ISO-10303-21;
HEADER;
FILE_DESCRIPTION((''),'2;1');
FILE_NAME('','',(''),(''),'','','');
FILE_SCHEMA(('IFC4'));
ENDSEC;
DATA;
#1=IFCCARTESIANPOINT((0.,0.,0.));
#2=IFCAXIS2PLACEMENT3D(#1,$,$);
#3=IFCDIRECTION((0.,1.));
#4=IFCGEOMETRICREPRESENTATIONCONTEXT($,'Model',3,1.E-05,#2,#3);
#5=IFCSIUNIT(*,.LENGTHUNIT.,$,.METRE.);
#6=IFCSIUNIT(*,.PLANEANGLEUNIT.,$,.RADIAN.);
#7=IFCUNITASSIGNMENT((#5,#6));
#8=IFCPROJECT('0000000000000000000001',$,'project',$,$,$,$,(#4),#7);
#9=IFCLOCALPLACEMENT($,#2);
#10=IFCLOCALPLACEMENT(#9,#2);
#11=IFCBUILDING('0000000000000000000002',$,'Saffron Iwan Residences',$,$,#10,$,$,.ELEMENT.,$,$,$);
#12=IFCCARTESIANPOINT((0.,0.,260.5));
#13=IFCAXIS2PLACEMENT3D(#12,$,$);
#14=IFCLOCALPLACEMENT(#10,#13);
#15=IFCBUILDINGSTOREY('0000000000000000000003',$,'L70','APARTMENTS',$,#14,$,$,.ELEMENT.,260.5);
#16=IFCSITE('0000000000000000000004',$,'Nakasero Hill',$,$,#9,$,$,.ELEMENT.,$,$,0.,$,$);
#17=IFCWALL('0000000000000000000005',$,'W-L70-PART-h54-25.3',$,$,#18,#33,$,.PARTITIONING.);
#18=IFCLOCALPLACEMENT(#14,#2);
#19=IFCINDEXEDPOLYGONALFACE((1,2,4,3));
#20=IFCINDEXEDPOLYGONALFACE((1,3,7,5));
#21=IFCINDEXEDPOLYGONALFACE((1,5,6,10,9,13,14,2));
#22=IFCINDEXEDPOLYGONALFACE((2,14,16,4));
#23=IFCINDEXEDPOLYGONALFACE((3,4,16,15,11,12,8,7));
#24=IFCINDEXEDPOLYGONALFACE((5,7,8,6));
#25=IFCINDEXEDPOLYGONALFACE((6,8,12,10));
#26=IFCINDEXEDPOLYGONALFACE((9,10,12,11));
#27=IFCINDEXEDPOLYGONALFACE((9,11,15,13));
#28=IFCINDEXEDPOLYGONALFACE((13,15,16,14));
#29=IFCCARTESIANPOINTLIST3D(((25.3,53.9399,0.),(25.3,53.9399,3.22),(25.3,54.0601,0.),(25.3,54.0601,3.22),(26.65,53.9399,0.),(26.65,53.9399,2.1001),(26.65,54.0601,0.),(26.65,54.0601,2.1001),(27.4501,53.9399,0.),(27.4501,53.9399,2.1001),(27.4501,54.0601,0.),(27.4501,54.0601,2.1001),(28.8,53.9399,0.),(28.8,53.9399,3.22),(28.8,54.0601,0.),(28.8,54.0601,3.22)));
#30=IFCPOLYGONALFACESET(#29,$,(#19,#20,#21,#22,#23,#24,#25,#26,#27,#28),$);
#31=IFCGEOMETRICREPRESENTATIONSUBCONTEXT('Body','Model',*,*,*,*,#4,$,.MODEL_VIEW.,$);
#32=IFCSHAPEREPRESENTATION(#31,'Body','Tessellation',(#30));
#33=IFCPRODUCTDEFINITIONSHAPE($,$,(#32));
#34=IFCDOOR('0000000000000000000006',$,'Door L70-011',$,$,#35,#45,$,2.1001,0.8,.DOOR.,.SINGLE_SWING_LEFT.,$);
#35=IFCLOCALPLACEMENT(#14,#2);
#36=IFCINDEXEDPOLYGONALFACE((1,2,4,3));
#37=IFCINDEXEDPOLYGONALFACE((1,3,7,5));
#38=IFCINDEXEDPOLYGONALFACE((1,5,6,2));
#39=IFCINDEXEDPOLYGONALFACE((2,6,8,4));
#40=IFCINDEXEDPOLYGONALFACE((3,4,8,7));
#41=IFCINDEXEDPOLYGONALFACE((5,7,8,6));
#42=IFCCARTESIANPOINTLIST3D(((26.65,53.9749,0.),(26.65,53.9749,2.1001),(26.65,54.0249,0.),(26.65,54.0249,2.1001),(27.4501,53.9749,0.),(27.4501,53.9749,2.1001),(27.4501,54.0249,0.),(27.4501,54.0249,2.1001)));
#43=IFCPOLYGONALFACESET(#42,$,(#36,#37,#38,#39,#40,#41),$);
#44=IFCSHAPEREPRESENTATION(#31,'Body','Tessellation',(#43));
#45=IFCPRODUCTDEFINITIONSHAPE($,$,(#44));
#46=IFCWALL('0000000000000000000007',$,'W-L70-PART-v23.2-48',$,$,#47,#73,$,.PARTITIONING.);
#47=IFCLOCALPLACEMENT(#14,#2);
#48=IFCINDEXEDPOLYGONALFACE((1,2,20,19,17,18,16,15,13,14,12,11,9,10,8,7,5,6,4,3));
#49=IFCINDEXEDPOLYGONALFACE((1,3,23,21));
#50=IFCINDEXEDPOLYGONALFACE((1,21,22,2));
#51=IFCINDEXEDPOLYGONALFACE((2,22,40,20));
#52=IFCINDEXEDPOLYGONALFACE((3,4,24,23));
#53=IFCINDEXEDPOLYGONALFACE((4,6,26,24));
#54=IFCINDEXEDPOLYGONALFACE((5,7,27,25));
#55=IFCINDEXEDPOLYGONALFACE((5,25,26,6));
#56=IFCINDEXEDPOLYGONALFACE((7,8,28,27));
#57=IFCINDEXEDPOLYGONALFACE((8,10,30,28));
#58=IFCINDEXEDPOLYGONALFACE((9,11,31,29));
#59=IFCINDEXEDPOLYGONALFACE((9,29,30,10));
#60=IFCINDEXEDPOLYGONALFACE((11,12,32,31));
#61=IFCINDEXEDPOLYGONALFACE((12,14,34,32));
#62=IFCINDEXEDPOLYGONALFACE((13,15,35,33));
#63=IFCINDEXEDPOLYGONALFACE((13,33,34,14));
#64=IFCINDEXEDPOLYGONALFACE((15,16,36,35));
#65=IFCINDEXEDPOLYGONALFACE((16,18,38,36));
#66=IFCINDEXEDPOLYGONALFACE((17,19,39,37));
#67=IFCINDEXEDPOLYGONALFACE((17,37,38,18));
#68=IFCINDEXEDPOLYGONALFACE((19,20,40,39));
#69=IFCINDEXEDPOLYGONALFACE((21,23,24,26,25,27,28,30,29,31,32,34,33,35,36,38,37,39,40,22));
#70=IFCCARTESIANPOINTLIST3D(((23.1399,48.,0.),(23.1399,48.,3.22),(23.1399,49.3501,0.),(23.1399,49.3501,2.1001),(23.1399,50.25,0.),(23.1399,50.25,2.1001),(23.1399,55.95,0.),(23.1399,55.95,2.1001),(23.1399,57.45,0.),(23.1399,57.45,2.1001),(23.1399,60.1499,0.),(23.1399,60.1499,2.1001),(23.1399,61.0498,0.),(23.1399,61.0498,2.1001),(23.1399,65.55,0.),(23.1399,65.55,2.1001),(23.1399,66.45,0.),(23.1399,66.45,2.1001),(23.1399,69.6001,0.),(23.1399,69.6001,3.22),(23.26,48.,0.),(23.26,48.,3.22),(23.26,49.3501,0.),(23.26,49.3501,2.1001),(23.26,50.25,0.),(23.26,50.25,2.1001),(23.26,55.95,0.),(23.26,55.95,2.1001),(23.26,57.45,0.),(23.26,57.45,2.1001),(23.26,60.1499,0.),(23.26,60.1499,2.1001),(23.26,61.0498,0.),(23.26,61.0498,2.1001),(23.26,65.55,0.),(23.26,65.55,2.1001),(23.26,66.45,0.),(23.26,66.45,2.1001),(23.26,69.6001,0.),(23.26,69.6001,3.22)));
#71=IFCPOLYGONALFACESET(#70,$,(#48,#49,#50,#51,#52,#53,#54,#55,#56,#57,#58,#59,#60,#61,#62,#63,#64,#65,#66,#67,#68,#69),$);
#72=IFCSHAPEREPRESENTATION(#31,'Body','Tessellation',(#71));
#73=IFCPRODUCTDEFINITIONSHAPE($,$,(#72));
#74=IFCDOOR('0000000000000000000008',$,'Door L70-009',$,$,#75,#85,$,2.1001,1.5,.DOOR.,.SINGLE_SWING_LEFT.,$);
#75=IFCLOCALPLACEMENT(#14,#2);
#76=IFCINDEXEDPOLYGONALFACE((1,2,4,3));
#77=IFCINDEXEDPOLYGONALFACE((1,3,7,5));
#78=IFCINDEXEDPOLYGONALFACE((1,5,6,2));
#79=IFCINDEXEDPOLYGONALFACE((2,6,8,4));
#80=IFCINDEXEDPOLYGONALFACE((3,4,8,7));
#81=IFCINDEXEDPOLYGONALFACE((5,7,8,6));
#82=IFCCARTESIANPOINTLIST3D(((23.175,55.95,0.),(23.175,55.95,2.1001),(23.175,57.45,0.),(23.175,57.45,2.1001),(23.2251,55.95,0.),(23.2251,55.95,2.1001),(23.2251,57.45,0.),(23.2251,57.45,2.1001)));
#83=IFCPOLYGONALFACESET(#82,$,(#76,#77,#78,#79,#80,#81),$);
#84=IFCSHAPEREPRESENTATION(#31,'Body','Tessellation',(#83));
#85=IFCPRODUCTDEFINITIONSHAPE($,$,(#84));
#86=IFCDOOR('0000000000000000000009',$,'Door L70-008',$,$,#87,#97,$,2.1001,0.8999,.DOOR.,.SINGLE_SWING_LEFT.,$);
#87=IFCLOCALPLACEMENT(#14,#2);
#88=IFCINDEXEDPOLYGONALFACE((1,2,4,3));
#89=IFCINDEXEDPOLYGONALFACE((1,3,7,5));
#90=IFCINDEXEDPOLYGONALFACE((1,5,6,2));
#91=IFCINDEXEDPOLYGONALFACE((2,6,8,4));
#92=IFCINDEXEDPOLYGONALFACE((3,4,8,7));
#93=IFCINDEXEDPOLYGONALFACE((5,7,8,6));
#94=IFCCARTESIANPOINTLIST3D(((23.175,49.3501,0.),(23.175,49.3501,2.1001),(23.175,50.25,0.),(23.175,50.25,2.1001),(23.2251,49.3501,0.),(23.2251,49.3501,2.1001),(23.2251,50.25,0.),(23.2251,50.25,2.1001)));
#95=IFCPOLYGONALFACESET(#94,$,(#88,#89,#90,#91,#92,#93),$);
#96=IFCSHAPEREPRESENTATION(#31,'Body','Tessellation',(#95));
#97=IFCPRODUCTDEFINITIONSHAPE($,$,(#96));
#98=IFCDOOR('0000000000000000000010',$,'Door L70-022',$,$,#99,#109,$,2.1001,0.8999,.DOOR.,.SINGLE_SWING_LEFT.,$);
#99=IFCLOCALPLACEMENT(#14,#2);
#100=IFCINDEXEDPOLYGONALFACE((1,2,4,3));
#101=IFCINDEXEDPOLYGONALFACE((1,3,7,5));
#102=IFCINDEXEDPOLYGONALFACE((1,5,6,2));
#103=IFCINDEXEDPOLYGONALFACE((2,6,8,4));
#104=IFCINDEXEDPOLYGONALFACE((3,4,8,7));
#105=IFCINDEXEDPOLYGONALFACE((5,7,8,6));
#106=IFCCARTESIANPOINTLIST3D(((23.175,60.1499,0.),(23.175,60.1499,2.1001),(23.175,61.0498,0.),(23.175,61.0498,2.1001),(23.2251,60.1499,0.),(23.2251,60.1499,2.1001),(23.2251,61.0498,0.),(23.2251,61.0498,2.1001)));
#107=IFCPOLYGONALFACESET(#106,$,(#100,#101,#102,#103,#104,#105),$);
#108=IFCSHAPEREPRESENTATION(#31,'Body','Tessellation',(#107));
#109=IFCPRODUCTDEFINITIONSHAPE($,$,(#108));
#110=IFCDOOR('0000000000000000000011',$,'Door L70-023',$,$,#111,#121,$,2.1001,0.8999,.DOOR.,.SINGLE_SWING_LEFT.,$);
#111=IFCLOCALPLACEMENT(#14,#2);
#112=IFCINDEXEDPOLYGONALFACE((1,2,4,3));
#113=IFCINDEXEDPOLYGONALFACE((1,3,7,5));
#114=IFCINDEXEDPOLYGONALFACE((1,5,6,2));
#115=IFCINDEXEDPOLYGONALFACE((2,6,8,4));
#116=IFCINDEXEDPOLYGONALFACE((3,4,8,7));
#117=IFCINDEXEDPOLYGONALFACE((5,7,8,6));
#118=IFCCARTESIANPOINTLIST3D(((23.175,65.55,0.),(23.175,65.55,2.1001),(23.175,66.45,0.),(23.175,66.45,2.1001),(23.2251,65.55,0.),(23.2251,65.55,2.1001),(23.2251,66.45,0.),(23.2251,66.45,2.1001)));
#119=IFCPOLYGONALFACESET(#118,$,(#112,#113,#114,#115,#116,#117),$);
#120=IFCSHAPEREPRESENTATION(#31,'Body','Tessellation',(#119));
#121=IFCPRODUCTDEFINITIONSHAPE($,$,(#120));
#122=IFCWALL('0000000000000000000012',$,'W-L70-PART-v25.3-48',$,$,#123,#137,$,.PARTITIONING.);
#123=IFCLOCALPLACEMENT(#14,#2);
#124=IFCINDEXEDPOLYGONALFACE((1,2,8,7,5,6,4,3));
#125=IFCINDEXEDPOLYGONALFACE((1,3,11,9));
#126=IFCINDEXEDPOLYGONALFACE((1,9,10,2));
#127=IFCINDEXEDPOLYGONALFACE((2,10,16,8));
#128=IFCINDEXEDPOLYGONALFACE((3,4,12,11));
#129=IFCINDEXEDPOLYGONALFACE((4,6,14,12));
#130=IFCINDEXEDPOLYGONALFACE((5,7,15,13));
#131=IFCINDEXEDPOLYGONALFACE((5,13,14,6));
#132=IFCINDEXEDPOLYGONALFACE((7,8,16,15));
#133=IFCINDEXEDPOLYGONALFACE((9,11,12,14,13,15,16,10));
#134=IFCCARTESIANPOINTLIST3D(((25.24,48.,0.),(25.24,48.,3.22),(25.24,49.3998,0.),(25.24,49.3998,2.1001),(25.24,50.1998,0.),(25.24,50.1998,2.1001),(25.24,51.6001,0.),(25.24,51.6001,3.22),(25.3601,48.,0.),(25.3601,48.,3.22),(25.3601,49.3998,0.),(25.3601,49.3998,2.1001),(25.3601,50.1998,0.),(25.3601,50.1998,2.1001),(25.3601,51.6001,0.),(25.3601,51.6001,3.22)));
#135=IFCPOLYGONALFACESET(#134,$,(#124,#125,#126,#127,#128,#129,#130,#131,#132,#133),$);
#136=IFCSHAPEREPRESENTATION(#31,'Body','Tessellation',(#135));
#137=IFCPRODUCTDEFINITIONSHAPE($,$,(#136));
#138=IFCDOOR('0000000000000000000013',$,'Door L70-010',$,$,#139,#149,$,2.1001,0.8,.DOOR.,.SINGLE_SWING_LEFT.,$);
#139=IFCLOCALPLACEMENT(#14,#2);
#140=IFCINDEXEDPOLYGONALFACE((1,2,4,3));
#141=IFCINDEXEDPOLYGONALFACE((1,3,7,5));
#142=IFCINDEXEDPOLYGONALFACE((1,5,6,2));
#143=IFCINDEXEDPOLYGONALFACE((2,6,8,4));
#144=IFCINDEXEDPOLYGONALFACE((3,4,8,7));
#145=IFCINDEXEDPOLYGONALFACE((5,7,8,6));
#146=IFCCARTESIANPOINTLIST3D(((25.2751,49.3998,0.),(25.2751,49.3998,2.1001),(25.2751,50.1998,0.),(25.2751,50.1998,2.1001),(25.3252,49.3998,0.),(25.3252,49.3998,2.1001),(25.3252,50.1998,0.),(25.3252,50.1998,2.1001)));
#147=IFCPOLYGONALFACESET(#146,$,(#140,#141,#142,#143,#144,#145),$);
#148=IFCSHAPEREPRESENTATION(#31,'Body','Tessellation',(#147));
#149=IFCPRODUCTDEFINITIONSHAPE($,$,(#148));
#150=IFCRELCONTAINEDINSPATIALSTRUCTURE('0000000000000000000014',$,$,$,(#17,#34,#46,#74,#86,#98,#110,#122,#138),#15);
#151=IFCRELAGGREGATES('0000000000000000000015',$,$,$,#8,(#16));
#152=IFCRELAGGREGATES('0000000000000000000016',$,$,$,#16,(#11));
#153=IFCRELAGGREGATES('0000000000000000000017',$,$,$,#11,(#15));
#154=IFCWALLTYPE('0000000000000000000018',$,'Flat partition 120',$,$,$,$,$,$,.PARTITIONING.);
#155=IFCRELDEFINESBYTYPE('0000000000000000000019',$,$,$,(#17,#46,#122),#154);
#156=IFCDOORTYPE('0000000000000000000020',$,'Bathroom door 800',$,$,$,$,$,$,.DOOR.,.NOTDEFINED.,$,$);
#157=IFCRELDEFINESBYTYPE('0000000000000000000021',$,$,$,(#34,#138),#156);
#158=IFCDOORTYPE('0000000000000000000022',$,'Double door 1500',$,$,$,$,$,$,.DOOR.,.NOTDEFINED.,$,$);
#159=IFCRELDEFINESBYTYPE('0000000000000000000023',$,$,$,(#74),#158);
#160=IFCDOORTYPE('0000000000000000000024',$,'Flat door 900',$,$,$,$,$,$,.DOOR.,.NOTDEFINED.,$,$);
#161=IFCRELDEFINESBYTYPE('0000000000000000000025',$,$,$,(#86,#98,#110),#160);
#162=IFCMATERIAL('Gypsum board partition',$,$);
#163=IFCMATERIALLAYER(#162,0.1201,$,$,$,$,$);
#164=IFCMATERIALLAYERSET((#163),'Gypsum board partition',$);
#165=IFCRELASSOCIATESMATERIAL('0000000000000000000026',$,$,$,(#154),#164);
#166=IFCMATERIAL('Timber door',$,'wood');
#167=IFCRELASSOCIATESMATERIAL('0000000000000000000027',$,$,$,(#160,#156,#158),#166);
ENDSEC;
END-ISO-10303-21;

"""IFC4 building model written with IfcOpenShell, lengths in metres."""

from ifc_helpers import new_model, si_unit, direction, frame, frame_2d, origin, place, context, subcontext, project, spatial, rectangle, extrude, material, layer, layer_set, type_object, element, fill, save


model = new_model("IFC4")

# Units and contexts
model_context = context("Model", 3, precision=1e-05, world=origin(), true_north=direction((0.0, 1.0)))
body_context = subcontext(model_context, "Body", "Model", "MODEL_VIEW")
ifc_project = project(units=[si_unit("LENGTHUNIT", "METRE"), si_unit("PLANEANGLEUNIT", "RADIAN")], contexts=[model_context])

# Site, building, storey
site_placement = place(None, origin())
site = spatial("IfcSite", under=ifc_project, at=site_placement, Name="Nakasero Hill", CompositionType="ELEMENT", RefElevation=0.0)
building_placement = place(site_placement, origin())
building = spatial("IfcBuilding", under=site, at=building_placement, Name="Saffron Iwan Residences", CompositionType="ELEMENT")
storey_placement = place(building_placement, frame((0.0, 0.0, 260.5)))
storey = spatial("IfcBuildingStorey", under=building, at=storey_placement, Name="L70", Description="APARTMENTS", CompositionType="ELEMENT", Elevation=260.5)

# Shared definitions
ifc_material_1 = material(Name="Gypsum board partition")
ifc_layer_1 = layer(ifc_material_1, 0.1201)
ifc_layer_set_1 = layer_set([ifc_layer_1], Name="Gypsum board partition")
wall_type_1 = type_object("IfcWallType", Name="Flat partition 120", PredefinedType="PARTITIONING", material=ifc_layer_set_1)

# Wall, opening, door
ifc_material_2 = material(Name="Timber door", Category="wood")
door_type_1 = type_object("IfcDoorType", Name="Flat door 900", OperationType="NOTDEFINED", PredefinedType="DOOR", material=ifc_material_2)
wall_1_placement = place(storey_placement, frame((25.3, 54.0, 0.0), z_axis=(0.0, 0.0, 1.0), x_axis=(1.0, 0.0, 0.0)))
wall_1 = element("IfcWall", 1, at=wall_1_placement, inside=storey, type_object=wall_type_1, Name="W-L70-PART-h54-25.3", PredefinedType="PARTITIONING", context=body_context, shape_type="SweptSolid", body=[
    extrude(rectangle(XDim=3.5, YDim=0.1201, at=frame_2d((1.75, 0.0))), origin(), (0.0, 0.0, 1.0), 3.22),
])
opening_1_placement = place(wall_1_placement, frame((1.3501, 0.0, 0.0)))
opening_1 = element("IfcOpeningElement", 2, at=opening_1_placement, cuts=wall_1, PredefinedType="OPENING", context=body_context, shape_type="SweptSolid", body=[
    extrude(rectangle(XDim=0.8, YDim=2.1001, at=frame_2d((0.3999, 1.05))), frame((0.0, 0.0701, 0.0), z_axis=(0.0, -1.0, 0.0), x_axis=(1.0, 0.0, 0.0)), (0.0, 0.0, 1.0), 0.1401),
])
door_type_2 = type_object("IfcDoorType", Name="Bathroom door 800", OperationType="NOTDEFINED", PredefinedType="DOOR", material=ifc_material_2)
door_1_placement = place(opening_1_placement, origin())
door_1 = element("IfcDoor", 3, at=door_1_placement, inside=storey, type_object=door_type_2, Name="Door L70-011", OperationType="SINGLE_SWING_LEFT", OverallHeight=2.1001, OverallWidth=0.8, PredefinedType="DOOR", context=body_context, shape_type="SweptSolid", body=[
    extrude(rectangle(XDim=0.8, YDim=2.1001, at=frame_2d((0.3999, 1.05))), frame((0.0, 0.0249, 0.0), z_axis=(0.0, -1.0, 0.0), x_axis=(1.0, 0.0, 0.0)), (0.0, 0.0, 1.0), 0.05),
])
fill(opening_1, door_1)

# Wall, openings, doors
wall_2_placement = place(storey_placement, frame((23.2, 48.0, 0.0), z_axis=(0.0, 0.0, 1.0), x_axis=(0.0, 1.0, 0.0)))
wall_2 = element("IfcWall", 4, at=wall_2_placement, inside=storey, type_object=wall_type_1, Name="W-L70-PART-v23.2-48", PredefinedType="PARTITIONING", context=body_context, shape_type="SweptSolid", body=[
    extrude(rectangle(XDim=21.6001, YDim=0.1201, at=frame_2d((10.8, 0.0))), origin(), (0.0, 0.0, 1.0), 3.22),
])
opening_2_placement = place(wall_2_placement, frame((1.3501, 0.0, 0.0)))
opening_2 = element("IfcOpeningElement", 5, at=opening_2_placement, cuts=wall_2, PredefinedType="OPENING", context=body_context, shape_type="SweptSolid", body=[
    extrude(rectangle(XDim=0.8999, YDim=2.1001, at=frame_2d((0.45, 1.05))), frame((0.0, 0.0701, 0.0), z_axis=(0.0, -1.0, 0.0), x_axis=(1.0, 0.0, 0.0)), (0.0, 0.0, 1.0), 0.1401),
])
opening_3_placement = place(wall_2_placement, frame((7.95, 0.0, 0.0)))
opening_3 = element("IfcOpeningElement", 6, at=opening_3_placement, cuts=wall_2, PredefinedType="OPENING", context=body_context, shape_type="SweptSolid", body=[
    extrude(rectangle(XDim=1.5, YDim=2.1001, at=frame_2d((0.75, 1.05))), frame((0.0, 0.0701, 0.0), z_axis=(0.0, -1.0, 0.0), x_axis=(1.0, 0.0, 0.0)), (0.0, 0.0, 1.0), 0.1401),
])
opening_4_placement = place(wall_2_placement, frame((12.1499, 0.0, 0.0)))
opening_4 = element("IfcOpeningElement", 7, at=opening_4_placement, cuts=wall_2, PredefinedType="OPENING", context=body_context, shape_type="SweptSolid", body=[
    extrude(rectangle(XDim=0.8999, YDim=2.1001, at=frame_2d((0.45, 1.05))), frame((0.0, 0.0701, 0.0), z_axis=(0.0, -1.0, 0.0), x_axis=(1.0, 0.0, 0.0)), (0.0, 0.0, 1.0), 0.1401),
])
opening_5_placement = place(wall_2_placement, frame((17.55, 0.0, 0.0)))
opening_5 = element("IfcOpeningElement", 8, at=opening_5_placement, cuts=wall_2, PredefinedType="OPENING", context=body_context, shape_type="SweptSolid", body=[
    extrude(rectangle(XDim=0.8999, YDim=2.1001, at=frame_2d((0.45, 1.05))), frame((0.0, 0.0701, 0.0), z_axis=(0.0, -1.0, 0.0), x_axis=(1.0, 0.0, 0.0)), (0.0, 0.0, 1.0), 0.1401),
])
door_type_3 = type_object("IfcDoorType", Name="Double door 1500", OperationType="NOTDEFINED", PredefinedType="DOOR", material=ifc_material_2)
door_2_placement = place(opening_3_placement, origin())
door_2 = element("IfcDoor", 9, at=door_2_placement, inside=storey, type_object=door_type_3, Name="Door L70-009", OperationType="SINGLE_SWING_LEFT", OverallHeight=2.1001, OverallWidth=1.5, PredefinedType="DOOR", context=body_context, shape_type="SweptSolid", body=[
    extrude(rectangle(XDim=1.5, YDim=2.1001, at=frame_2d((0.75, 1.05))), frame((0.0, 0.0249, 0.0), z_axis=(0.0, -1.0, 0.0), x_axis=(1.0, 0.0, 0.0)), (0.0, 0.0, 1.0), 0.05),
])
fill(opening_3, door_2)
door_3_placement = place(opening_2_placement, origin())
door_3 = element("IfcDoor", 10, at=door_3_placement, inside=storey, type_object=door_type_1, Name="Door L70-008", OperationType="SINGLE_SWING_LEFT", OverallHeight=2.1001, OverallWidth=0.8999, PredefinedType="DOOR", context=body_context, shape_type="SweptSolid", body=[
    extrude(rectangle(XDim=0.8999, YDim=2.1001, at=frame_2d((0.45, 1.05))), frame((0.0, 0.0249, 0.0), z_axis=(0.0, -1.0, 0.0), x_axis=(1.0, 0.0, 0.0)), (0.0, 0.0, 1.0), 0.05),
])
fill(opening_2, door_3)
door_4_placement = place(opening_4_placement, origin())
door_4 = element("IfcDoor", 11, at=door_4_placement, inside=storey, type_object=door_type_1, Name="Door L70-022", OperationType="SINGLE_SWING_LEFT", OverallHeight=2.1001, OverallWidth=0.8999, PredefinedType="DOOR", context=body_context, shape_type="SweptSolid", body=[
    extrude(rectangle(XDim=0.8999, YDim=2.1001, at=frame_2d((0.45, 1.05))), frame((0.0, 0.0249, 0.0), z_axis=(0.0, -1.0, 0.0), x_axis=(1.0, 0.0, 0.0)), (0.0, 0.0, 1.0), 0.05),
])
fill(opening_4, door_4)
door_5_placement = place(opening_5_placement, origin())
door_5 = element("IfcDoor", 12, at=door_5_placement, inside=storey, type_object=door_type_1, Name="Door L70-023", OperationType="SINGLE_SWING_LEFT", OverallHeight=2.1001, OverallWidth=0.8999, PredefinedType="DOOR", context=body_context, shape_type="SweptSolid", body=[
    extrude(rectangle(XDim=0.8999, YDim=2.1001, at=frame_2d((0.45, 1.05))), frame((0.0, 0.0249, 0.0), z_axis=(0.0, -1.0, 0.0), x_axis=(1.0, 0.0, 0.0)), (0.0, 0.0, 1.0), 0.05),
])
fill(opening_5, door_5)

# Wall, opening, door
wall_3_placement = place(storey_placement, frame((25.3, 48.0, 0.0), z_axis=(0.0, 0.0, 1.0), x_axis=(0.0, 1.0, 0.0)))
wall_3 = element("IfcWall", 13, at=wall_3_placement, inside=storey, type_object=wall_type_1, Name="W-L70-PART-v25.3-48", PredefinedType="PARTITIONING", context=body_context, shape_type="SweptSolid", body=[
    extrude(rectangle(XDim=3.6001, YDim=0.1201, at=frame_2d((1.8, 0.0))), origin(), (0.0, 0.0, 1.0), 3.22),
])
opening_6_placement = place(wall_3_placement, frame((1.3999, 0.0, 0.0)))
opening_6 = element("IfcOpeningElement", 14, at=opening_6_placement, cuts=wall_3, PredefinedType="OPENING", context=body_context, shape_type="SweptSolid", body=[
    extrude(rectangle(XDim=0.8, YDim=2.1001, at=frame_2d((0.3999, 1.05))), frame((0.0, 0.0701, 0.0), z_axis=(0.0, -1.0, 0.0), x_axis=(1.0, 0.0, 0.0)), (0.0, 0.0, 1.0), 0.1401),
])
door_6_placement = place(opening_6_placement, origin())
door_6 = element("IfcDoor", 15, at=door_6_placement, inside=storey, type_object=door_type_2, Name="Door L70-010", OperationType="SINGLE_SWING_LEFT", OverallHeight=2.1001, OverallWidth=0.8, PredefinedType="DOOR", context=body_context, shape_type="SweptSolid", body=[
    extrude(rectangle(XDim=0.8, YDim=2.1001, at=frame_2d((0.3999, 1.05))), frame((0.0, 0.0249, 0.0), z_axis=(0.0, -1.0, 0.0), x_axis=(1.0, 0.0, 0.0)), (0.0, 0.0, 1.0), 0.05),
])
fill(opening_6, door_6)

save(model, "model.ifc")
